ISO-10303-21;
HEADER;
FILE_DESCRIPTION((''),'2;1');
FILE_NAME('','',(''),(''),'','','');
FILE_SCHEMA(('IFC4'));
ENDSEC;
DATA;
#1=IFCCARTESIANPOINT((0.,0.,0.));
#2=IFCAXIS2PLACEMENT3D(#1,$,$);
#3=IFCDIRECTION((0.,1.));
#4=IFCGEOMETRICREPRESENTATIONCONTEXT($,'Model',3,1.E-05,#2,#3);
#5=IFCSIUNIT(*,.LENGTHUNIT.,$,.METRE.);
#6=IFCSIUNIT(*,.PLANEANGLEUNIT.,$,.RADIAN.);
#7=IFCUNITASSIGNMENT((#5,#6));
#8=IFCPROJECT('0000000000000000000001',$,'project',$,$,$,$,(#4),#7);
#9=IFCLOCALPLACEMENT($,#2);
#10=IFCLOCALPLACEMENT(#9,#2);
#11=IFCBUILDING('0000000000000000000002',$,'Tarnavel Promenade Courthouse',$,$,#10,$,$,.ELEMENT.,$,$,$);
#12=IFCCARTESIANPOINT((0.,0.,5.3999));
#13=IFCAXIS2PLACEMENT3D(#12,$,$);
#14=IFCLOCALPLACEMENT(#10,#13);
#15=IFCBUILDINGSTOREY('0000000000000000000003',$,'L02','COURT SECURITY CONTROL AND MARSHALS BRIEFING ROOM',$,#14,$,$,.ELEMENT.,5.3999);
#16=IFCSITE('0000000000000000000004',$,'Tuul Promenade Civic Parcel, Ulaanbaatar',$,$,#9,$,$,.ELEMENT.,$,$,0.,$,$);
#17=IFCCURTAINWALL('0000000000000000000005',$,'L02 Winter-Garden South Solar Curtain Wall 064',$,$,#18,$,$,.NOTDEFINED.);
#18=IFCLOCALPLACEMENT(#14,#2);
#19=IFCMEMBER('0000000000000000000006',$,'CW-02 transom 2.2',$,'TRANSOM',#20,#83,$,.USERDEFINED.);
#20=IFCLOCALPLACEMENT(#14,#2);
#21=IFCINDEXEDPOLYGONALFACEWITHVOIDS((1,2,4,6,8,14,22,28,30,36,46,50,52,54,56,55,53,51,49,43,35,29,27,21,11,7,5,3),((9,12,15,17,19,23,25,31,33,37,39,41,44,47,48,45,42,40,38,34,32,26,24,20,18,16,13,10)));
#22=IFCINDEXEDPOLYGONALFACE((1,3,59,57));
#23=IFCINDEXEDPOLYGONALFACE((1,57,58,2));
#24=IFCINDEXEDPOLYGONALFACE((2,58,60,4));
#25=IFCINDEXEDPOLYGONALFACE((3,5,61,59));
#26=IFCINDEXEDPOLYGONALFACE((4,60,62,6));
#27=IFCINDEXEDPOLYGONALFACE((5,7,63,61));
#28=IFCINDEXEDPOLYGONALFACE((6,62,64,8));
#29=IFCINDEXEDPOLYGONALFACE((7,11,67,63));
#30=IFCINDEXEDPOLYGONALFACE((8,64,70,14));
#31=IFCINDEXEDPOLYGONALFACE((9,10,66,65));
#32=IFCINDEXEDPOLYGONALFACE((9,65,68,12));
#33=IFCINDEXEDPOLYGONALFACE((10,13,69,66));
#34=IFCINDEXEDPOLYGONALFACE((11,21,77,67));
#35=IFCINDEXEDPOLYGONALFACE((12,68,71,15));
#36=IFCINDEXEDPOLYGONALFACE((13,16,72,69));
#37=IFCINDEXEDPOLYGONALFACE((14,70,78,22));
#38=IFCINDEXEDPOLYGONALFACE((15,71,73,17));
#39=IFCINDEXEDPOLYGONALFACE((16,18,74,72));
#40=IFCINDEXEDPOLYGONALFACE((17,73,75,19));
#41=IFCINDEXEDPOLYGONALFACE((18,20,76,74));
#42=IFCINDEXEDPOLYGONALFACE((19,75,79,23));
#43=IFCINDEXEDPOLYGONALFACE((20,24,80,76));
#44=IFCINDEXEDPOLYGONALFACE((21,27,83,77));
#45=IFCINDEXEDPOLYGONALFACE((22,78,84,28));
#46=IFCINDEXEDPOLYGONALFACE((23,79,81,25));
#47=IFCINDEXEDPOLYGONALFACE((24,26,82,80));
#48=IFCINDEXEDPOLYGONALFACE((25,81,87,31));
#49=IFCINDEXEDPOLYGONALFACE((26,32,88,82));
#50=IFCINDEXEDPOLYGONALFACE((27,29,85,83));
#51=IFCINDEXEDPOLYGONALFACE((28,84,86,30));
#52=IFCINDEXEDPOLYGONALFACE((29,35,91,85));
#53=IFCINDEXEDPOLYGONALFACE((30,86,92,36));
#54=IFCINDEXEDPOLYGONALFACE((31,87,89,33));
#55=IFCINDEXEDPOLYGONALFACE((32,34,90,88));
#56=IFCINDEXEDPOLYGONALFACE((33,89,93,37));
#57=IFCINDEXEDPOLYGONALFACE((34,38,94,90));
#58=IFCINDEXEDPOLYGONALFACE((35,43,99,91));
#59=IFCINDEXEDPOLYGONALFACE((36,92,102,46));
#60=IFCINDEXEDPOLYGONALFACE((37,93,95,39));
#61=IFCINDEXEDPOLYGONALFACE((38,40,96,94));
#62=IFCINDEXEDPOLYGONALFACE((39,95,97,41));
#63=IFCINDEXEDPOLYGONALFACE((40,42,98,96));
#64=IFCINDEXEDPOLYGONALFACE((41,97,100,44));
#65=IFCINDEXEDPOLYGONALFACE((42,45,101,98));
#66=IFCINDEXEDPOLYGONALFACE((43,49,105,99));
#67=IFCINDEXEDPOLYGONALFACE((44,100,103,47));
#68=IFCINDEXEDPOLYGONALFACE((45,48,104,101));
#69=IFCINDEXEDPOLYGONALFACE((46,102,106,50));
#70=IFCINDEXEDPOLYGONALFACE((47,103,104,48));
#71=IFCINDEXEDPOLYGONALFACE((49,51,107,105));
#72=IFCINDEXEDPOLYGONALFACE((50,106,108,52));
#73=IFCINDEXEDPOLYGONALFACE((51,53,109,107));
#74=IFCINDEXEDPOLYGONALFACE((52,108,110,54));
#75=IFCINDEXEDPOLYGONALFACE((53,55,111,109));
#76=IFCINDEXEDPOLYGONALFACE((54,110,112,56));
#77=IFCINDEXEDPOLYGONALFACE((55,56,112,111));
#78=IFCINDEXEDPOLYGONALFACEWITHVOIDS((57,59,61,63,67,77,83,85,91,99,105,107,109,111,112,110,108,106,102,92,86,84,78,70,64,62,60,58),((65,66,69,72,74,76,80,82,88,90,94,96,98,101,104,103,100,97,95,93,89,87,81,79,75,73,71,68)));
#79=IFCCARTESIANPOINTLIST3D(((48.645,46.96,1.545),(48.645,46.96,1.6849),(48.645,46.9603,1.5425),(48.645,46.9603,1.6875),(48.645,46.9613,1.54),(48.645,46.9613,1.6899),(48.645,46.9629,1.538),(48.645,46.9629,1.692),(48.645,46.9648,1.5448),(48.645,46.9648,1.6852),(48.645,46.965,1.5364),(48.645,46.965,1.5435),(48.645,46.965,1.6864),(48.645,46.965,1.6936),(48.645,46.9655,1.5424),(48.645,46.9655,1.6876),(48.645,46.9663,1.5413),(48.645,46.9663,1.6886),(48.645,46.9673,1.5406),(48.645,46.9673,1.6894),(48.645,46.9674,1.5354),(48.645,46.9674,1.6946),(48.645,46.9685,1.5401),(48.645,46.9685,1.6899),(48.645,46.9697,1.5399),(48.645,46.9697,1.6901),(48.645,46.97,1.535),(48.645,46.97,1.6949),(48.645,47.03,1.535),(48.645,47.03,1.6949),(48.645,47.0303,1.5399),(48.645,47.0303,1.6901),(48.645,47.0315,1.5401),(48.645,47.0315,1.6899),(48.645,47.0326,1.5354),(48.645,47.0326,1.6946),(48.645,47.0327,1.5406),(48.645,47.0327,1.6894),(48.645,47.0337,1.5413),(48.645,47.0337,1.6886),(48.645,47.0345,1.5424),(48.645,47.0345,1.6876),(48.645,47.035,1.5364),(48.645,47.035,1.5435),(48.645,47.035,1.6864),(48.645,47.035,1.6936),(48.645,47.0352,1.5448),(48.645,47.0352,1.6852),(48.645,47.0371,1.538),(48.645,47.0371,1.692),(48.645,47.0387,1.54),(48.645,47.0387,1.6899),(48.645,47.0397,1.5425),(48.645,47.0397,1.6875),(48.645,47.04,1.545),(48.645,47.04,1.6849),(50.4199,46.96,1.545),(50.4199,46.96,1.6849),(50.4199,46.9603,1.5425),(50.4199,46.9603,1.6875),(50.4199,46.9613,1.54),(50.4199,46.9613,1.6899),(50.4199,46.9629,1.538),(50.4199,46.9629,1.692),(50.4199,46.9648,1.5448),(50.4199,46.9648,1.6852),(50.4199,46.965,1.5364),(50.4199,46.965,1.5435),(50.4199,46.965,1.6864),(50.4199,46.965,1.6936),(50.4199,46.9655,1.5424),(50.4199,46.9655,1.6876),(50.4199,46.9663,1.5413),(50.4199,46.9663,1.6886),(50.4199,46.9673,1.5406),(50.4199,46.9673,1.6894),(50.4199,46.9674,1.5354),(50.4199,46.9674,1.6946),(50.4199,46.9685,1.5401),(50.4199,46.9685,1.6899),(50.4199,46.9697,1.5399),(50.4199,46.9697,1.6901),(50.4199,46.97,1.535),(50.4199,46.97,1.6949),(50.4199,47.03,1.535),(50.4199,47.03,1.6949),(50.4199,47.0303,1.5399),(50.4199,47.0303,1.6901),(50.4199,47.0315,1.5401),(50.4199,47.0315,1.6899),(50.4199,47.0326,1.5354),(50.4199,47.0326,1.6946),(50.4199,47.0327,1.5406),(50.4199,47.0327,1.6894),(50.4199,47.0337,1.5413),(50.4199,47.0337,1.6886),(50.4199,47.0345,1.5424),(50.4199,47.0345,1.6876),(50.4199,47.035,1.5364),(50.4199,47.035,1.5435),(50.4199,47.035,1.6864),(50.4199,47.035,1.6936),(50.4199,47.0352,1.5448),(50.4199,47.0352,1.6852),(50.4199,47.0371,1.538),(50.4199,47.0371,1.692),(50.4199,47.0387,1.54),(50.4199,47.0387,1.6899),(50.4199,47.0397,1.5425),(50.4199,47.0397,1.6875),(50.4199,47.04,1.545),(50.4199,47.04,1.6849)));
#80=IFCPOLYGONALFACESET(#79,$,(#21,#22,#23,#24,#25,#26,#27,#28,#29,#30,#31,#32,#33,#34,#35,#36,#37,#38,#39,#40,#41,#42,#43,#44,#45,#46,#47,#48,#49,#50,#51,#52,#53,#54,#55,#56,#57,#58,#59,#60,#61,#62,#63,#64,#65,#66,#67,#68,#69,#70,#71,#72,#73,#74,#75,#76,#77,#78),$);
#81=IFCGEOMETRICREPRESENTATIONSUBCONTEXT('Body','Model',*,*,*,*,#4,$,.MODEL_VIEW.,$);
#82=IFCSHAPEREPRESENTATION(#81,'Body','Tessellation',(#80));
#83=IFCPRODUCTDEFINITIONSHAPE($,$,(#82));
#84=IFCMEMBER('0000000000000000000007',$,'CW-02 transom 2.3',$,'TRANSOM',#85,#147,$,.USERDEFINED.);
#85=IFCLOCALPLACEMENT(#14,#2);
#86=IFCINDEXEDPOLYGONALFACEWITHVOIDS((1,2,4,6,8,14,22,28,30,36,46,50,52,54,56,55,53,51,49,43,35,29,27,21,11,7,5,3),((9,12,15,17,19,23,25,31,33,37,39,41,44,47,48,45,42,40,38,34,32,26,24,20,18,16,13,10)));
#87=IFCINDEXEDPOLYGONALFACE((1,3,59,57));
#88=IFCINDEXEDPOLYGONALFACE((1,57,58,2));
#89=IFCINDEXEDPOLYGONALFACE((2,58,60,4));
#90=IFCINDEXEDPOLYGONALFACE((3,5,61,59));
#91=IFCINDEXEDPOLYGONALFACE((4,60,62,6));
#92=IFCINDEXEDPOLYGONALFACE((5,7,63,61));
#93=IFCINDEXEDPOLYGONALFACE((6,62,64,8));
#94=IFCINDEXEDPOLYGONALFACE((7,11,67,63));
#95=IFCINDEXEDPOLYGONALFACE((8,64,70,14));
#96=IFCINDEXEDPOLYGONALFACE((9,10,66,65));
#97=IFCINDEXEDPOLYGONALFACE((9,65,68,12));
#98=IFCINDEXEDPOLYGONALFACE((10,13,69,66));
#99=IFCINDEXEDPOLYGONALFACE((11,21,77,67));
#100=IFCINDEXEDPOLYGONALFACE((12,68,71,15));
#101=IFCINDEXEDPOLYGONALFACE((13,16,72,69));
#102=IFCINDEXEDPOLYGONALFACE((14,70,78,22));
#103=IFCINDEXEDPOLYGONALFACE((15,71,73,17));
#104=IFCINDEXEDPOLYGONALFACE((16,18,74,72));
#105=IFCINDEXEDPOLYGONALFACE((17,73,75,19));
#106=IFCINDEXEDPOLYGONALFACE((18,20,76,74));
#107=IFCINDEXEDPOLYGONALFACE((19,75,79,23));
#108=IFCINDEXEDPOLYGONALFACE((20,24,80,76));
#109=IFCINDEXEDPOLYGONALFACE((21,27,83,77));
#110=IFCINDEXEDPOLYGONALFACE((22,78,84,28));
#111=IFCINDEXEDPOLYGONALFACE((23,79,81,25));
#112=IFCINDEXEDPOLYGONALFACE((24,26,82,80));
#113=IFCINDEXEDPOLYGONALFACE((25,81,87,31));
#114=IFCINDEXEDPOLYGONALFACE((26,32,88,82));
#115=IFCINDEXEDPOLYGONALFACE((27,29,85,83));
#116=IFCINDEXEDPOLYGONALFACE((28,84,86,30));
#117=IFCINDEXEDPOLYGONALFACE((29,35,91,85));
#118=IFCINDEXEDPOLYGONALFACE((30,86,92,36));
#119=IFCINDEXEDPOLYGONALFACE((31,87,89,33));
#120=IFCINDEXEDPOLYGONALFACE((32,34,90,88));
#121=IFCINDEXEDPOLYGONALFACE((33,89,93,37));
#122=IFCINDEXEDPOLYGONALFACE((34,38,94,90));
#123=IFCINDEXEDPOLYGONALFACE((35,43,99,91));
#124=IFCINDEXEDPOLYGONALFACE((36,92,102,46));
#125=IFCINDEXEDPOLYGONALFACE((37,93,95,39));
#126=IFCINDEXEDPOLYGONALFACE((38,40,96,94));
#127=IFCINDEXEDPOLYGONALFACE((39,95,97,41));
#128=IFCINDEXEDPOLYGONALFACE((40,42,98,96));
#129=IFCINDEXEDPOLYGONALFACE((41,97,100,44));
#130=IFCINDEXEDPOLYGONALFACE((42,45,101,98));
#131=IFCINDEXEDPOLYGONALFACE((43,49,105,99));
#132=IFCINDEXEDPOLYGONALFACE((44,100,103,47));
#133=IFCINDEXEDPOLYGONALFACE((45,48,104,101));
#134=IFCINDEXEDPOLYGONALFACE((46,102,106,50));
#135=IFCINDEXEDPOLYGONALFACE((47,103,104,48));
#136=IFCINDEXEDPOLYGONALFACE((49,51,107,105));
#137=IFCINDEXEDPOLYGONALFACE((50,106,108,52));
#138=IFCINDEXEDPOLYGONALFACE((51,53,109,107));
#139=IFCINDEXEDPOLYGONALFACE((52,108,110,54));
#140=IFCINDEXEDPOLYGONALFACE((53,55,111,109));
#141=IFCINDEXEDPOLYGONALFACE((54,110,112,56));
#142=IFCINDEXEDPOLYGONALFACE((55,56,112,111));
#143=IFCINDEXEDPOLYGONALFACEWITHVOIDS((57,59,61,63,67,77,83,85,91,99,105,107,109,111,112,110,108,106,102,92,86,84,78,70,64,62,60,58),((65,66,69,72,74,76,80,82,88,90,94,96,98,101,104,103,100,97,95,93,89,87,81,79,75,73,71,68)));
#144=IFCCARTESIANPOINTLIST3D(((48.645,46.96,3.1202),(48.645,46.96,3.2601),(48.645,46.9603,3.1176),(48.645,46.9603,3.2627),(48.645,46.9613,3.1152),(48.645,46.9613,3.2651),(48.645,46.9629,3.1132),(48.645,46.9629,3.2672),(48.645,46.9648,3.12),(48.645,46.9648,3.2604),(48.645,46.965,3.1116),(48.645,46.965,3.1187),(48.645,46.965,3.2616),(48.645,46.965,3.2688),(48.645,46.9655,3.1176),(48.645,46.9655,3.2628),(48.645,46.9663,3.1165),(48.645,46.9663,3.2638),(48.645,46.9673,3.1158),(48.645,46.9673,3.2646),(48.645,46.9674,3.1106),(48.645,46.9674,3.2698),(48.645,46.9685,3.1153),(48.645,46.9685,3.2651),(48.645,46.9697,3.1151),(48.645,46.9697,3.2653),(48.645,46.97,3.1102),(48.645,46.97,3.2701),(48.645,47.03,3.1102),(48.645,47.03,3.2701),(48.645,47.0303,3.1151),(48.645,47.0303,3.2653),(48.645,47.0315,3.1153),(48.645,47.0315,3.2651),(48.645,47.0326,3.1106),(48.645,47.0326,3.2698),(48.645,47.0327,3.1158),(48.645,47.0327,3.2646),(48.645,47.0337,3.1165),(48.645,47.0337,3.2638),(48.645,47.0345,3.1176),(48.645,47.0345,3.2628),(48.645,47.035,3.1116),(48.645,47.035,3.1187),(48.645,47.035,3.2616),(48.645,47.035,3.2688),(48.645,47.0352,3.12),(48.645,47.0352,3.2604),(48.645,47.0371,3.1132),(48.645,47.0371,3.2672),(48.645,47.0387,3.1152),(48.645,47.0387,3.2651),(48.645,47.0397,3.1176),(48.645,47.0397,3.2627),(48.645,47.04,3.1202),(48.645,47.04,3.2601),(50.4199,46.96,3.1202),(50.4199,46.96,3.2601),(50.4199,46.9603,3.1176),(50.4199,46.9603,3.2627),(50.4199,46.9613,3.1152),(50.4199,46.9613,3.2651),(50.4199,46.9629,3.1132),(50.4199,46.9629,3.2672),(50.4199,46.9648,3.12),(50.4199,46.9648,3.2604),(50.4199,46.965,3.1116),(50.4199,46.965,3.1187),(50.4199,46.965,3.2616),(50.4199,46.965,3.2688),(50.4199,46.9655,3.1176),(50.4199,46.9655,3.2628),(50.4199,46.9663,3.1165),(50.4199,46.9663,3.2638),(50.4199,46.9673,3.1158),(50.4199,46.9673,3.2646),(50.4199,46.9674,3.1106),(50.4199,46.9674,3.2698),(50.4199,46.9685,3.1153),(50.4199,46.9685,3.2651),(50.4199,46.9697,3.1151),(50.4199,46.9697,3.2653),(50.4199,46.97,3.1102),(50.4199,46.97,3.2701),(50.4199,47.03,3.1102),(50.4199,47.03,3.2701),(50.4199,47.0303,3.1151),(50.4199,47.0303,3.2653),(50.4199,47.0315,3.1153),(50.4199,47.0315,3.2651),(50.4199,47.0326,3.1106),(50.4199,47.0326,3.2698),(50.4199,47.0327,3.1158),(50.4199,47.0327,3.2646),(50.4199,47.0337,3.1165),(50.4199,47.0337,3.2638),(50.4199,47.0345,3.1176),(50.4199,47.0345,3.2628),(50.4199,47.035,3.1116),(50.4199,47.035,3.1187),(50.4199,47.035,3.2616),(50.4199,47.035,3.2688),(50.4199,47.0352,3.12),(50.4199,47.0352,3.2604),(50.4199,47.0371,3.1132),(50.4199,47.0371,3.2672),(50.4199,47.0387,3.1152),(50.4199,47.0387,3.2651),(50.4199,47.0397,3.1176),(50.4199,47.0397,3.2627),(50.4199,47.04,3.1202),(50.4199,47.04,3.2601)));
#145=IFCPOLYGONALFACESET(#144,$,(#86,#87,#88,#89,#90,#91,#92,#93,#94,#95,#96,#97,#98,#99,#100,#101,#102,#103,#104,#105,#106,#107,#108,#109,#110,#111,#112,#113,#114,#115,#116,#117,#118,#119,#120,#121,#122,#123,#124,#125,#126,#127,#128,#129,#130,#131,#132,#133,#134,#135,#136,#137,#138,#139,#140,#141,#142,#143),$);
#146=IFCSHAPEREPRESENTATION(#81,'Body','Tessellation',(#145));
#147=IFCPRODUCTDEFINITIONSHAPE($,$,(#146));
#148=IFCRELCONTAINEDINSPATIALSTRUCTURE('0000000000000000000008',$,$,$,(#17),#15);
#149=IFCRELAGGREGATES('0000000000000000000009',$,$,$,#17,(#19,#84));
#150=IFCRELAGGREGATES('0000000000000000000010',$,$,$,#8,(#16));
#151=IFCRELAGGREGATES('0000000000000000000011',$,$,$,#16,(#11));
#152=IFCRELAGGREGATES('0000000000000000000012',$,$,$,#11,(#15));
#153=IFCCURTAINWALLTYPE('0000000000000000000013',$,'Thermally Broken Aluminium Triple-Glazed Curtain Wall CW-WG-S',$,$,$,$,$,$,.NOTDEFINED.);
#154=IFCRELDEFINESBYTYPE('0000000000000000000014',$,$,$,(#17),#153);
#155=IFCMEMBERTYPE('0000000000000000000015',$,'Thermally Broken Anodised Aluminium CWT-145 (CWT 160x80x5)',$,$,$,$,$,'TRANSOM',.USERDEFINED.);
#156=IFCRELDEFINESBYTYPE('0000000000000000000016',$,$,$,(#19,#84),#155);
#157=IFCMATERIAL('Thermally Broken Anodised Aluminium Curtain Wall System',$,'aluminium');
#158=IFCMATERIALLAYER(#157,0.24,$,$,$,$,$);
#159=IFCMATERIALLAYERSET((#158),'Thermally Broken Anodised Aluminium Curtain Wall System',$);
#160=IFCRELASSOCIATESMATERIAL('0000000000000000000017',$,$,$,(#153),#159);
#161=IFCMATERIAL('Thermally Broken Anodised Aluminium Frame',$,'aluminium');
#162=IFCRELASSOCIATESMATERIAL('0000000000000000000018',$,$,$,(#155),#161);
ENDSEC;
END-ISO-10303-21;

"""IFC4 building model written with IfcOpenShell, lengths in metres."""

from ifc_helpers import new_model, si_unit, direction, frame, origin, origin_2d, place, context, subcontext, project, spatial, hollow_rectangle, extrude, material, layer, layer_set, material_profile, profile_set, type_object, element, aggregate, save


model = new_model("IFC4")

# Units and contexts
model_context = context("Model", 3, precision=1e-05, world=origin(), true_north=direction((0.0, 1.0)))
body_context = subcontext(model_context, "Body", "Model", "MODEL_VIEW")
ifc_project = project(units=[si_unit("LENGTHUNIT", "METRE"), si_unit("PLANEANGLEUNIT", "RADIAN")], contexts=[model_context])

# Site, building, storey
site_placement = place(None, origin())
site = spatial("IfcSite", under=ifc_project, at=site_placement, Name="Tuul Promenade Civic Parcel, Ulaanbaatar", CompositionType="ELEMENT", RefElevation=0.0)
building_placement = place(site_placement, origin())
building = spatial("IfcBuilding", under=site, at=building_placement, Name="Tarnavel Promenade Courthouse", CompositionType="ELEMENT")
storey_placement = place(building_placement, frame((0.0, 0.0, 5.3999)))
storey = spatial("IfcBuildingStorey", under=building, at=storey_placement, Name="L02", Description="COURT SECURITY CONTROL AND MARSHALS BRIEFING ROOM", CompositionType="ELEMENT", Elevation=5.3999)

# Curtain wall
ifc_material_1 = material(Name="Thermally Broken Anodised Aluminium Curtain Wall System", Category="aluminium")
ifc_layer_1 = layer(ifc_material_1, 0.24)
ifc_layer_set_1 = layer_set([ifc_layer_1], Name="Thermally Broken Anodised Aluminium Curtain Wall System")
curtain_wall_type = type_object("IfcCurtainWallType", Name="Thermally Broken Aluminium Triple-Glazed Curtain Wall CW-WG-S", PredefinedType="NOTDEFINED", material=ifc_layer_set_1)
ifc_material_2 = material(Name="Thermally Broken Anodised Aluminium Frame", Category="aluminium")
curtain_wall_1_placement = place(storey_placement, origin())
curtain_wall_1 = element("IfcCurtainWall", 1, at=curtain_wall_1_placement, inside=storey, type_object=curtain_wall_type, Name="L02 Winter-Garden South Solar Curtain Wall 064", PredefinedType="NOTDEFINED")

# Members
ifc_material_profile_1 = material_profile(ifc_material_2, hollow_rectangle(XDim=0.0801, YDim=0.1599, WallThickness=0.0049, InnerFilletRadius=0.0049, OuterFilletRadius=0.01, at=origin_2d()), Name="CWT 160x80x5")
ifc_profile_set_1 = profile_set([ifc_material_profile_1], Name="Thermally Broken Anodised Aluminium Frame")
member_type_1 = type_object("IfcMemberType", Name="Thermally Broken Anodised Aluminium CWT-145 (CWT 160x80x5)", ElementType="TRANSOM", PredefinedType="USERDEFINED", material=ifc_profile_set_1)
member_1_placement = place(storey_placement, frame((48.645, 47.0, 1.615), z_axis=(1.0, 0.0, 0.0), x_axis=(0.0, 1.0, 0.0)))
member_1 = element("IfcMember", 2, at=member_1_placement, type_object=member_type_1, Name="CW-02 transom 2.2", ObjectType="TRANSOM", PredefinedType="USERDEFINED", context=body_context, shape_type="SweptSolid", body=[
    extrude(hollow_rectangle(XDim=0.0801, YDim=0.1599, WallThickness=0.0049, InnerFilletRadius=0.0049, OuterFilletRadius=0.01, at=origin_2d()), origin(), (0.0, 0.0, 1.0), 1.7749),
])
member_2_placement = place(storey_placement, frame((48.645, 47.0, 3.1902), z_axis=(1.0, 0.0, 0.0), x_axis=(0.0, 1.0, 0.0)))
member_2 = element("IfcMember", 3, at=member_2_placement, type_object=member_type_1, Name="CW-02 transom 2.3", ObjectType="TRANSOM", PredefinedType="USERDEFINED", context=body_context, shape_type="SweptSolid", body=[
    extrude(hollow_rectangle(XDim=0.0801, YDim=0.1599, WallThickness=0.0049, InnerFilletRadius=0.0049, OuterFilletRadius=0.01, at=origin_2d()), origin(), (0.0, 0.0, 1.0), 1.7749),
])

aggregate(curtain_wall_1, [member_1, member_2])

save(model, "model.ifc")
